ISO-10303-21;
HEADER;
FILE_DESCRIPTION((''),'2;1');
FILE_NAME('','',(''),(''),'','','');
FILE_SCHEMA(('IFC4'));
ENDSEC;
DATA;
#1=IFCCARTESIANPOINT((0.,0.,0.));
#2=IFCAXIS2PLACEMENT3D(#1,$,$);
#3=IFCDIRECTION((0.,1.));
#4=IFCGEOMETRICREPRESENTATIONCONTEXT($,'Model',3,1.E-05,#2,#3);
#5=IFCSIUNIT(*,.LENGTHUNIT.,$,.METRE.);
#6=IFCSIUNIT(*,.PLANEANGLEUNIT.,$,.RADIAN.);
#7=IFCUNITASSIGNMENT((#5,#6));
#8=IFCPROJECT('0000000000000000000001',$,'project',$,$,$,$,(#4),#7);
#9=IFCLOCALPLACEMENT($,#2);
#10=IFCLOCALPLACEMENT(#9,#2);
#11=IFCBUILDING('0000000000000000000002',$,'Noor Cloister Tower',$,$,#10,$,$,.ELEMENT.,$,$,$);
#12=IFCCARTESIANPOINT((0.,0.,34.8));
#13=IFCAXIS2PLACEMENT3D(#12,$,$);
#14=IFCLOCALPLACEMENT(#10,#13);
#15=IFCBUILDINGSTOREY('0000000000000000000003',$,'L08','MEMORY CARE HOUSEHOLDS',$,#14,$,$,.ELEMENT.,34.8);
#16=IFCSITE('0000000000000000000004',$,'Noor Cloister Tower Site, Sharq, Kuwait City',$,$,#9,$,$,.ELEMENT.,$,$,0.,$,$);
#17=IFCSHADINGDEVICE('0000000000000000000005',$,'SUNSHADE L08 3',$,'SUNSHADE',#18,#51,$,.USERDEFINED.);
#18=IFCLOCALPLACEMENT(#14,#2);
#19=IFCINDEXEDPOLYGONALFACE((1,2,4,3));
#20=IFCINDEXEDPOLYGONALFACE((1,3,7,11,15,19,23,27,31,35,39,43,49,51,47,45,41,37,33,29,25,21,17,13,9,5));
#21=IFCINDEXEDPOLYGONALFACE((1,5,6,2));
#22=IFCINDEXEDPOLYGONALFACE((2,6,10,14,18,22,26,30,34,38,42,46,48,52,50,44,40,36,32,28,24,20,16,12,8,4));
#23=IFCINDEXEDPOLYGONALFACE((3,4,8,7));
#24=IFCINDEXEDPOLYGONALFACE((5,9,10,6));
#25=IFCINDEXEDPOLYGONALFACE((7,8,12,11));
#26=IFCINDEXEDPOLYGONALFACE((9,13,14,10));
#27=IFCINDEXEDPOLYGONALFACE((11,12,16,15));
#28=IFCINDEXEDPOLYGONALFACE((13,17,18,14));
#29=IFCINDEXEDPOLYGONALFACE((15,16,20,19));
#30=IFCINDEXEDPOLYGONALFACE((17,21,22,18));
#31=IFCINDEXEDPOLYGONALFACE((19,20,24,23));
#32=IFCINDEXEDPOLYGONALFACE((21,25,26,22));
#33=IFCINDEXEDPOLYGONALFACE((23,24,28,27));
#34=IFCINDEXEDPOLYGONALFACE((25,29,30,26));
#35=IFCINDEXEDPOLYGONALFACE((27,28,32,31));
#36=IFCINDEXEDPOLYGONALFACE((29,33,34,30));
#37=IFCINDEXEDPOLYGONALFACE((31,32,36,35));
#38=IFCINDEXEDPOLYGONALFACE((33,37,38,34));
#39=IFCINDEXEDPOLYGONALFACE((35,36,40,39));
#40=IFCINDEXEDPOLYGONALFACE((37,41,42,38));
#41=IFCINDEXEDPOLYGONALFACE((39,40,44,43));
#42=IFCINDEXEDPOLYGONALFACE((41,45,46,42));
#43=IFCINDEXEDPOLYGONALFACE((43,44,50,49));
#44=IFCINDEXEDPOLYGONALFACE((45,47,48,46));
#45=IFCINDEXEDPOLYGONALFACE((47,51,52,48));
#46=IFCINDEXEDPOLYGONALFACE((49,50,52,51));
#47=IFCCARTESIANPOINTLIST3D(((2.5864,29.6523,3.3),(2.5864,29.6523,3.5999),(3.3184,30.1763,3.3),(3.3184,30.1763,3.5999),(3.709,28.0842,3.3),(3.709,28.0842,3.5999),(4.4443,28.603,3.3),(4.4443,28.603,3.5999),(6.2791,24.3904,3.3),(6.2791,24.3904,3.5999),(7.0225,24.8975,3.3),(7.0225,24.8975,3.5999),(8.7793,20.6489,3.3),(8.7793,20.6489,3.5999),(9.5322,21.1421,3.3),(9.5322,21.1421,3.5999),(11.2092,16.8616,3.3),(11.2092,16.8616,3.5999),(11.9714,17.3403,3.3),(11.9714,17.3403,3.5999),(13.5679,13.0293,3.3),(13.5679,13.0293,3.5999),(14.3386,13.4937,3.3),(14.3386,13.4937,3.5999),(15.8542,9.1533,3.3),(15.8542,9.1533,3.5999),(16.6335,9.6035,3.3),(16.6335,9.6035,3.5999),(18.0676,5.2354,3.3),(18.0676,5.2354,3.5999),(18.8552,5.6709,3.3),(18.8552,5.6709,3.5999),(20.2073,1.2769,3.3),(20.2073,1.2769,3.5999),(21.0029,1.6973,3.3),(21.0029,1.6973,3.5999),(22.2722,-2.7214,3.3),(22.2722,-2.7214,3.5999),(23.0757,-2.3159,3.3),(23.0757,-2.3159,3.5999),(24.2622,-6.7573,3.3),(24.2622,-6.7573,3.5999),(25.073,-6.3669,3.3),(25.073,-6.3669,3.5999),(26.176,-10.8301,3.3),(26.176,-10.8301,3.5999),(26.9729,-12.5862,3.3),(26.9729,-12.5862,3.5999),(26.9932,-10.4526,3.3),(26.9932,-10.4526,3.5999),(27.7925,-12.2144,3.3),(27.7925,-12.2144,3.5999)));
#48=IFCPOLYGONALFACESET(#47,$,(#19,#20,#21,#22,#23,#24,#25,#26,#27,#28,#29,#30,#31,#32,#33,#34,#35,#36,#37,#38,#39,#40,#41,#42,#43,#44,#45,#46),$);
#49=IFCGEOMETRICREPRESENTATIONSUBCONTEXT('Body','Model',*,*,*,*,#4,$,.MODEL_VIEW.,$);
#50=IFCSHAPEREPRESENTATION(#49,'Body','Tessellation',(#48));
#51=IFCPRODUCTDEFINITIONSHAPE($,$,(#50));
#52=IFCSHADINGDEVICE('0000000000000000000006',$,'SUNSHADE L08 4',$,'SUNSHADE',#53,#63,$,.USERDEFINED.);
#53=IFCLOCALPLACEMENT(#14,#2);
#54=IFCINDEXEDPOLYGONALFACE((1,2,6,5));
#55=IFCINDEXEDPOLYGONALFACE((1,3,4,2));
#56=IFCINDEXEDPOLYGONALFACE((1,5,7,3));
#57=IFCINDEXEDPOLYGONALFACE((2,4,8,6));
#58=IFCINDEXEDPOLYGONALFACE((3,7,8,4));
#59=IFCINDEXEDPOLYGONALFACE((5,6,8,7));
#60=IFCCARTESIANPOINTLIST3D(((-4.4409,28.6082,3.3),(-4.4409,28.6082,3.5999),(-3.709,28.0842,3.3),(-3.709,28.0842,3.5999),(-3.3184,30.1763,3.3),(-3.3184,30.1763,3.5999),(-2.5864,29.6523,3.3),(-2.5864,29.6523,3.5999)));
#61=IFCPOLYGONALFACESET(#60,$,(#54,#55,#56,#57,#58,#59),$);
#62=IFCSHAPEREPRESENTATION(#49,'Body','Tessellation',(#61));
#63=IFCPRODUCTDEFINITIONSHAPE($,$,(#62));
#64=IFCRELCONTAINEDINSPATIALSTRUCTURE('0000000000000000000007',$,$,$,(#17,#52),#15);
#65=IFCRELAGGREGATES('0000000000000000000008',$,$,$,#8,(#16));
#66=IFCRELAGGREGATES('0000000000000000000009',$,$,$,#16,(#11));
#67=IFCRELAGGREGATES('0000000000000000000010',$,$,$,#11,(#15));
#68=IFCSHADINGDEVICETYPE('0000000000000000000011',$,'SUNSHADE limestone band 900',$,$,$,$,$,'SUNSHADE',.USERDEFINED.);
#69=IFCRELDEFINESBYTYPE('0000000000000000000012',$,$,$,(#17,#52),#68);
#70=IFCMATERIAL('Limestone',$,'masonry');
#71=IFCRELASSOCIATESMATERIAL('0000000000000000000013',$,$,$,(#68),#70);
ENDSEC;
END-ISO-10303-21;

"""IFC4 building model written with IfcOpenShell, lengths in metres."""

from ifc_helpers import new_model, si_unit, direction, frame, origin, place, context, subcontext, project, spatial, polyline, outline, extrude, material, type_object, element, save


model = new_model("IFC4")

# Units and contexts
model_context = context("Model", 3, precision=1e-05, world=origin(), true_north=direction((0.0, 1.0)))
body_context = subcontext(model_context, "Body", "Model", "MODEL_VIEW")
ifc_project = project(units=[si_unit("LENGTHUNIT", "METRE"), si_unit("PLANEANGLEUNIT", "RADIAN")], contexts=[model_context])

# Site, building, storey
site_placement = place(None, origin())
site = spatial("IfcSite", under=ifc_project, at=site_placement, Name="Noor Cloister Tower Site, Sharq, Kuwait City", CompositionType="ELEMENT", RefElevation=0.0)
building_placement = place(site_placement, origin())
building = spatial("IfcBuilding", under=site, at=building_placement, Name="Noor Cloister Tower", CompositionType="ELEMENT")
storey_placement = place(building_placement, frame((0.0, 0.0, 34.8)))
storey = spatial("IfcBuildingStorey", under=building, at=storey_placement, Name="L08", Description="MEMORY CARE HOUSEHOLDS", CompositionType="ELEMENT", Elevation=34.8)

# Shading devices
ifc_material_1 = material(Name="Limestone", Category="masonry")
shading_device_type = type_object("IfcShadingDeviceType", Name="SUNSHADE limestone band 900", ElementType="SUNSHADE", PredefinedType="USERDEFINED", material=ifc_material_1)
shading_device_1_placement = place(storey_placement, frame((0.0, 0.0, 3.3)))
element("IfcShadingDevice", 1, at=shading_device_1_placement, inside=storey, type_object=shading_device_type, Name="SUNSHADE L08 3", ObjectType="SUNSHADE", PredefinedType="USERDEFINED", context=body_context, shape_type="SweptSolid", body=[
    extrude(outline(polyline([(27.7925, -12.2144), (26.9932, -10.4526), (25.073, -6.3669), (23.0757, -2.3159), (21.0029, 1.6973), (18.8552, 5.6709), (16.6335, 9.6035), (14.3386, 13.4937), (11.9714, 17.3403), (9.5322, 21.1421), (7.0225, 24.8975), (4.4443, 28.603), (3.3184, 30.1763), (2.5864, 29.6523), (3.709, 28.0842), (6.2791, 24.3904), (8.7793, 20.6489), (11.2092, 16.8616), (13.5679, 13.0293), (15.8542, 9.1533), (18.0676, 5.2354), (20.2073, 1.2769), (22.2722, -2.7214), (24.2622, -6.7573), (26.176, -10.8301), (26.9729, -12.5862), (27.7925, -12.2144)])), origin(), (0.0, 0.0, 1.0), 0.2998),
])
shading_device_2_placement = place(storey_placement, frame((0.0, 0.0, 3.3)))
element("IfcShadingDevice", 2, at=shading_device_2_placement, inside=storey, type_object=shading_device_type, Name="SUNSHADE L08 4", ObjectType="SUNSHADE", PredefinedType="USERDEFINED", context=body_context, shape_type="SweptSolid", body=[
    extrude(outline(polyline([(-3.3184, 30.1763), (-4.4409, 28.6082), (-3.709, 28.0842), (-2.5864, 29.6523), (-3.3184, 30.1763)])), origin(), (0.0, 0.0, 1.0), 0.2998),
])

save(model, "model.ifc")
